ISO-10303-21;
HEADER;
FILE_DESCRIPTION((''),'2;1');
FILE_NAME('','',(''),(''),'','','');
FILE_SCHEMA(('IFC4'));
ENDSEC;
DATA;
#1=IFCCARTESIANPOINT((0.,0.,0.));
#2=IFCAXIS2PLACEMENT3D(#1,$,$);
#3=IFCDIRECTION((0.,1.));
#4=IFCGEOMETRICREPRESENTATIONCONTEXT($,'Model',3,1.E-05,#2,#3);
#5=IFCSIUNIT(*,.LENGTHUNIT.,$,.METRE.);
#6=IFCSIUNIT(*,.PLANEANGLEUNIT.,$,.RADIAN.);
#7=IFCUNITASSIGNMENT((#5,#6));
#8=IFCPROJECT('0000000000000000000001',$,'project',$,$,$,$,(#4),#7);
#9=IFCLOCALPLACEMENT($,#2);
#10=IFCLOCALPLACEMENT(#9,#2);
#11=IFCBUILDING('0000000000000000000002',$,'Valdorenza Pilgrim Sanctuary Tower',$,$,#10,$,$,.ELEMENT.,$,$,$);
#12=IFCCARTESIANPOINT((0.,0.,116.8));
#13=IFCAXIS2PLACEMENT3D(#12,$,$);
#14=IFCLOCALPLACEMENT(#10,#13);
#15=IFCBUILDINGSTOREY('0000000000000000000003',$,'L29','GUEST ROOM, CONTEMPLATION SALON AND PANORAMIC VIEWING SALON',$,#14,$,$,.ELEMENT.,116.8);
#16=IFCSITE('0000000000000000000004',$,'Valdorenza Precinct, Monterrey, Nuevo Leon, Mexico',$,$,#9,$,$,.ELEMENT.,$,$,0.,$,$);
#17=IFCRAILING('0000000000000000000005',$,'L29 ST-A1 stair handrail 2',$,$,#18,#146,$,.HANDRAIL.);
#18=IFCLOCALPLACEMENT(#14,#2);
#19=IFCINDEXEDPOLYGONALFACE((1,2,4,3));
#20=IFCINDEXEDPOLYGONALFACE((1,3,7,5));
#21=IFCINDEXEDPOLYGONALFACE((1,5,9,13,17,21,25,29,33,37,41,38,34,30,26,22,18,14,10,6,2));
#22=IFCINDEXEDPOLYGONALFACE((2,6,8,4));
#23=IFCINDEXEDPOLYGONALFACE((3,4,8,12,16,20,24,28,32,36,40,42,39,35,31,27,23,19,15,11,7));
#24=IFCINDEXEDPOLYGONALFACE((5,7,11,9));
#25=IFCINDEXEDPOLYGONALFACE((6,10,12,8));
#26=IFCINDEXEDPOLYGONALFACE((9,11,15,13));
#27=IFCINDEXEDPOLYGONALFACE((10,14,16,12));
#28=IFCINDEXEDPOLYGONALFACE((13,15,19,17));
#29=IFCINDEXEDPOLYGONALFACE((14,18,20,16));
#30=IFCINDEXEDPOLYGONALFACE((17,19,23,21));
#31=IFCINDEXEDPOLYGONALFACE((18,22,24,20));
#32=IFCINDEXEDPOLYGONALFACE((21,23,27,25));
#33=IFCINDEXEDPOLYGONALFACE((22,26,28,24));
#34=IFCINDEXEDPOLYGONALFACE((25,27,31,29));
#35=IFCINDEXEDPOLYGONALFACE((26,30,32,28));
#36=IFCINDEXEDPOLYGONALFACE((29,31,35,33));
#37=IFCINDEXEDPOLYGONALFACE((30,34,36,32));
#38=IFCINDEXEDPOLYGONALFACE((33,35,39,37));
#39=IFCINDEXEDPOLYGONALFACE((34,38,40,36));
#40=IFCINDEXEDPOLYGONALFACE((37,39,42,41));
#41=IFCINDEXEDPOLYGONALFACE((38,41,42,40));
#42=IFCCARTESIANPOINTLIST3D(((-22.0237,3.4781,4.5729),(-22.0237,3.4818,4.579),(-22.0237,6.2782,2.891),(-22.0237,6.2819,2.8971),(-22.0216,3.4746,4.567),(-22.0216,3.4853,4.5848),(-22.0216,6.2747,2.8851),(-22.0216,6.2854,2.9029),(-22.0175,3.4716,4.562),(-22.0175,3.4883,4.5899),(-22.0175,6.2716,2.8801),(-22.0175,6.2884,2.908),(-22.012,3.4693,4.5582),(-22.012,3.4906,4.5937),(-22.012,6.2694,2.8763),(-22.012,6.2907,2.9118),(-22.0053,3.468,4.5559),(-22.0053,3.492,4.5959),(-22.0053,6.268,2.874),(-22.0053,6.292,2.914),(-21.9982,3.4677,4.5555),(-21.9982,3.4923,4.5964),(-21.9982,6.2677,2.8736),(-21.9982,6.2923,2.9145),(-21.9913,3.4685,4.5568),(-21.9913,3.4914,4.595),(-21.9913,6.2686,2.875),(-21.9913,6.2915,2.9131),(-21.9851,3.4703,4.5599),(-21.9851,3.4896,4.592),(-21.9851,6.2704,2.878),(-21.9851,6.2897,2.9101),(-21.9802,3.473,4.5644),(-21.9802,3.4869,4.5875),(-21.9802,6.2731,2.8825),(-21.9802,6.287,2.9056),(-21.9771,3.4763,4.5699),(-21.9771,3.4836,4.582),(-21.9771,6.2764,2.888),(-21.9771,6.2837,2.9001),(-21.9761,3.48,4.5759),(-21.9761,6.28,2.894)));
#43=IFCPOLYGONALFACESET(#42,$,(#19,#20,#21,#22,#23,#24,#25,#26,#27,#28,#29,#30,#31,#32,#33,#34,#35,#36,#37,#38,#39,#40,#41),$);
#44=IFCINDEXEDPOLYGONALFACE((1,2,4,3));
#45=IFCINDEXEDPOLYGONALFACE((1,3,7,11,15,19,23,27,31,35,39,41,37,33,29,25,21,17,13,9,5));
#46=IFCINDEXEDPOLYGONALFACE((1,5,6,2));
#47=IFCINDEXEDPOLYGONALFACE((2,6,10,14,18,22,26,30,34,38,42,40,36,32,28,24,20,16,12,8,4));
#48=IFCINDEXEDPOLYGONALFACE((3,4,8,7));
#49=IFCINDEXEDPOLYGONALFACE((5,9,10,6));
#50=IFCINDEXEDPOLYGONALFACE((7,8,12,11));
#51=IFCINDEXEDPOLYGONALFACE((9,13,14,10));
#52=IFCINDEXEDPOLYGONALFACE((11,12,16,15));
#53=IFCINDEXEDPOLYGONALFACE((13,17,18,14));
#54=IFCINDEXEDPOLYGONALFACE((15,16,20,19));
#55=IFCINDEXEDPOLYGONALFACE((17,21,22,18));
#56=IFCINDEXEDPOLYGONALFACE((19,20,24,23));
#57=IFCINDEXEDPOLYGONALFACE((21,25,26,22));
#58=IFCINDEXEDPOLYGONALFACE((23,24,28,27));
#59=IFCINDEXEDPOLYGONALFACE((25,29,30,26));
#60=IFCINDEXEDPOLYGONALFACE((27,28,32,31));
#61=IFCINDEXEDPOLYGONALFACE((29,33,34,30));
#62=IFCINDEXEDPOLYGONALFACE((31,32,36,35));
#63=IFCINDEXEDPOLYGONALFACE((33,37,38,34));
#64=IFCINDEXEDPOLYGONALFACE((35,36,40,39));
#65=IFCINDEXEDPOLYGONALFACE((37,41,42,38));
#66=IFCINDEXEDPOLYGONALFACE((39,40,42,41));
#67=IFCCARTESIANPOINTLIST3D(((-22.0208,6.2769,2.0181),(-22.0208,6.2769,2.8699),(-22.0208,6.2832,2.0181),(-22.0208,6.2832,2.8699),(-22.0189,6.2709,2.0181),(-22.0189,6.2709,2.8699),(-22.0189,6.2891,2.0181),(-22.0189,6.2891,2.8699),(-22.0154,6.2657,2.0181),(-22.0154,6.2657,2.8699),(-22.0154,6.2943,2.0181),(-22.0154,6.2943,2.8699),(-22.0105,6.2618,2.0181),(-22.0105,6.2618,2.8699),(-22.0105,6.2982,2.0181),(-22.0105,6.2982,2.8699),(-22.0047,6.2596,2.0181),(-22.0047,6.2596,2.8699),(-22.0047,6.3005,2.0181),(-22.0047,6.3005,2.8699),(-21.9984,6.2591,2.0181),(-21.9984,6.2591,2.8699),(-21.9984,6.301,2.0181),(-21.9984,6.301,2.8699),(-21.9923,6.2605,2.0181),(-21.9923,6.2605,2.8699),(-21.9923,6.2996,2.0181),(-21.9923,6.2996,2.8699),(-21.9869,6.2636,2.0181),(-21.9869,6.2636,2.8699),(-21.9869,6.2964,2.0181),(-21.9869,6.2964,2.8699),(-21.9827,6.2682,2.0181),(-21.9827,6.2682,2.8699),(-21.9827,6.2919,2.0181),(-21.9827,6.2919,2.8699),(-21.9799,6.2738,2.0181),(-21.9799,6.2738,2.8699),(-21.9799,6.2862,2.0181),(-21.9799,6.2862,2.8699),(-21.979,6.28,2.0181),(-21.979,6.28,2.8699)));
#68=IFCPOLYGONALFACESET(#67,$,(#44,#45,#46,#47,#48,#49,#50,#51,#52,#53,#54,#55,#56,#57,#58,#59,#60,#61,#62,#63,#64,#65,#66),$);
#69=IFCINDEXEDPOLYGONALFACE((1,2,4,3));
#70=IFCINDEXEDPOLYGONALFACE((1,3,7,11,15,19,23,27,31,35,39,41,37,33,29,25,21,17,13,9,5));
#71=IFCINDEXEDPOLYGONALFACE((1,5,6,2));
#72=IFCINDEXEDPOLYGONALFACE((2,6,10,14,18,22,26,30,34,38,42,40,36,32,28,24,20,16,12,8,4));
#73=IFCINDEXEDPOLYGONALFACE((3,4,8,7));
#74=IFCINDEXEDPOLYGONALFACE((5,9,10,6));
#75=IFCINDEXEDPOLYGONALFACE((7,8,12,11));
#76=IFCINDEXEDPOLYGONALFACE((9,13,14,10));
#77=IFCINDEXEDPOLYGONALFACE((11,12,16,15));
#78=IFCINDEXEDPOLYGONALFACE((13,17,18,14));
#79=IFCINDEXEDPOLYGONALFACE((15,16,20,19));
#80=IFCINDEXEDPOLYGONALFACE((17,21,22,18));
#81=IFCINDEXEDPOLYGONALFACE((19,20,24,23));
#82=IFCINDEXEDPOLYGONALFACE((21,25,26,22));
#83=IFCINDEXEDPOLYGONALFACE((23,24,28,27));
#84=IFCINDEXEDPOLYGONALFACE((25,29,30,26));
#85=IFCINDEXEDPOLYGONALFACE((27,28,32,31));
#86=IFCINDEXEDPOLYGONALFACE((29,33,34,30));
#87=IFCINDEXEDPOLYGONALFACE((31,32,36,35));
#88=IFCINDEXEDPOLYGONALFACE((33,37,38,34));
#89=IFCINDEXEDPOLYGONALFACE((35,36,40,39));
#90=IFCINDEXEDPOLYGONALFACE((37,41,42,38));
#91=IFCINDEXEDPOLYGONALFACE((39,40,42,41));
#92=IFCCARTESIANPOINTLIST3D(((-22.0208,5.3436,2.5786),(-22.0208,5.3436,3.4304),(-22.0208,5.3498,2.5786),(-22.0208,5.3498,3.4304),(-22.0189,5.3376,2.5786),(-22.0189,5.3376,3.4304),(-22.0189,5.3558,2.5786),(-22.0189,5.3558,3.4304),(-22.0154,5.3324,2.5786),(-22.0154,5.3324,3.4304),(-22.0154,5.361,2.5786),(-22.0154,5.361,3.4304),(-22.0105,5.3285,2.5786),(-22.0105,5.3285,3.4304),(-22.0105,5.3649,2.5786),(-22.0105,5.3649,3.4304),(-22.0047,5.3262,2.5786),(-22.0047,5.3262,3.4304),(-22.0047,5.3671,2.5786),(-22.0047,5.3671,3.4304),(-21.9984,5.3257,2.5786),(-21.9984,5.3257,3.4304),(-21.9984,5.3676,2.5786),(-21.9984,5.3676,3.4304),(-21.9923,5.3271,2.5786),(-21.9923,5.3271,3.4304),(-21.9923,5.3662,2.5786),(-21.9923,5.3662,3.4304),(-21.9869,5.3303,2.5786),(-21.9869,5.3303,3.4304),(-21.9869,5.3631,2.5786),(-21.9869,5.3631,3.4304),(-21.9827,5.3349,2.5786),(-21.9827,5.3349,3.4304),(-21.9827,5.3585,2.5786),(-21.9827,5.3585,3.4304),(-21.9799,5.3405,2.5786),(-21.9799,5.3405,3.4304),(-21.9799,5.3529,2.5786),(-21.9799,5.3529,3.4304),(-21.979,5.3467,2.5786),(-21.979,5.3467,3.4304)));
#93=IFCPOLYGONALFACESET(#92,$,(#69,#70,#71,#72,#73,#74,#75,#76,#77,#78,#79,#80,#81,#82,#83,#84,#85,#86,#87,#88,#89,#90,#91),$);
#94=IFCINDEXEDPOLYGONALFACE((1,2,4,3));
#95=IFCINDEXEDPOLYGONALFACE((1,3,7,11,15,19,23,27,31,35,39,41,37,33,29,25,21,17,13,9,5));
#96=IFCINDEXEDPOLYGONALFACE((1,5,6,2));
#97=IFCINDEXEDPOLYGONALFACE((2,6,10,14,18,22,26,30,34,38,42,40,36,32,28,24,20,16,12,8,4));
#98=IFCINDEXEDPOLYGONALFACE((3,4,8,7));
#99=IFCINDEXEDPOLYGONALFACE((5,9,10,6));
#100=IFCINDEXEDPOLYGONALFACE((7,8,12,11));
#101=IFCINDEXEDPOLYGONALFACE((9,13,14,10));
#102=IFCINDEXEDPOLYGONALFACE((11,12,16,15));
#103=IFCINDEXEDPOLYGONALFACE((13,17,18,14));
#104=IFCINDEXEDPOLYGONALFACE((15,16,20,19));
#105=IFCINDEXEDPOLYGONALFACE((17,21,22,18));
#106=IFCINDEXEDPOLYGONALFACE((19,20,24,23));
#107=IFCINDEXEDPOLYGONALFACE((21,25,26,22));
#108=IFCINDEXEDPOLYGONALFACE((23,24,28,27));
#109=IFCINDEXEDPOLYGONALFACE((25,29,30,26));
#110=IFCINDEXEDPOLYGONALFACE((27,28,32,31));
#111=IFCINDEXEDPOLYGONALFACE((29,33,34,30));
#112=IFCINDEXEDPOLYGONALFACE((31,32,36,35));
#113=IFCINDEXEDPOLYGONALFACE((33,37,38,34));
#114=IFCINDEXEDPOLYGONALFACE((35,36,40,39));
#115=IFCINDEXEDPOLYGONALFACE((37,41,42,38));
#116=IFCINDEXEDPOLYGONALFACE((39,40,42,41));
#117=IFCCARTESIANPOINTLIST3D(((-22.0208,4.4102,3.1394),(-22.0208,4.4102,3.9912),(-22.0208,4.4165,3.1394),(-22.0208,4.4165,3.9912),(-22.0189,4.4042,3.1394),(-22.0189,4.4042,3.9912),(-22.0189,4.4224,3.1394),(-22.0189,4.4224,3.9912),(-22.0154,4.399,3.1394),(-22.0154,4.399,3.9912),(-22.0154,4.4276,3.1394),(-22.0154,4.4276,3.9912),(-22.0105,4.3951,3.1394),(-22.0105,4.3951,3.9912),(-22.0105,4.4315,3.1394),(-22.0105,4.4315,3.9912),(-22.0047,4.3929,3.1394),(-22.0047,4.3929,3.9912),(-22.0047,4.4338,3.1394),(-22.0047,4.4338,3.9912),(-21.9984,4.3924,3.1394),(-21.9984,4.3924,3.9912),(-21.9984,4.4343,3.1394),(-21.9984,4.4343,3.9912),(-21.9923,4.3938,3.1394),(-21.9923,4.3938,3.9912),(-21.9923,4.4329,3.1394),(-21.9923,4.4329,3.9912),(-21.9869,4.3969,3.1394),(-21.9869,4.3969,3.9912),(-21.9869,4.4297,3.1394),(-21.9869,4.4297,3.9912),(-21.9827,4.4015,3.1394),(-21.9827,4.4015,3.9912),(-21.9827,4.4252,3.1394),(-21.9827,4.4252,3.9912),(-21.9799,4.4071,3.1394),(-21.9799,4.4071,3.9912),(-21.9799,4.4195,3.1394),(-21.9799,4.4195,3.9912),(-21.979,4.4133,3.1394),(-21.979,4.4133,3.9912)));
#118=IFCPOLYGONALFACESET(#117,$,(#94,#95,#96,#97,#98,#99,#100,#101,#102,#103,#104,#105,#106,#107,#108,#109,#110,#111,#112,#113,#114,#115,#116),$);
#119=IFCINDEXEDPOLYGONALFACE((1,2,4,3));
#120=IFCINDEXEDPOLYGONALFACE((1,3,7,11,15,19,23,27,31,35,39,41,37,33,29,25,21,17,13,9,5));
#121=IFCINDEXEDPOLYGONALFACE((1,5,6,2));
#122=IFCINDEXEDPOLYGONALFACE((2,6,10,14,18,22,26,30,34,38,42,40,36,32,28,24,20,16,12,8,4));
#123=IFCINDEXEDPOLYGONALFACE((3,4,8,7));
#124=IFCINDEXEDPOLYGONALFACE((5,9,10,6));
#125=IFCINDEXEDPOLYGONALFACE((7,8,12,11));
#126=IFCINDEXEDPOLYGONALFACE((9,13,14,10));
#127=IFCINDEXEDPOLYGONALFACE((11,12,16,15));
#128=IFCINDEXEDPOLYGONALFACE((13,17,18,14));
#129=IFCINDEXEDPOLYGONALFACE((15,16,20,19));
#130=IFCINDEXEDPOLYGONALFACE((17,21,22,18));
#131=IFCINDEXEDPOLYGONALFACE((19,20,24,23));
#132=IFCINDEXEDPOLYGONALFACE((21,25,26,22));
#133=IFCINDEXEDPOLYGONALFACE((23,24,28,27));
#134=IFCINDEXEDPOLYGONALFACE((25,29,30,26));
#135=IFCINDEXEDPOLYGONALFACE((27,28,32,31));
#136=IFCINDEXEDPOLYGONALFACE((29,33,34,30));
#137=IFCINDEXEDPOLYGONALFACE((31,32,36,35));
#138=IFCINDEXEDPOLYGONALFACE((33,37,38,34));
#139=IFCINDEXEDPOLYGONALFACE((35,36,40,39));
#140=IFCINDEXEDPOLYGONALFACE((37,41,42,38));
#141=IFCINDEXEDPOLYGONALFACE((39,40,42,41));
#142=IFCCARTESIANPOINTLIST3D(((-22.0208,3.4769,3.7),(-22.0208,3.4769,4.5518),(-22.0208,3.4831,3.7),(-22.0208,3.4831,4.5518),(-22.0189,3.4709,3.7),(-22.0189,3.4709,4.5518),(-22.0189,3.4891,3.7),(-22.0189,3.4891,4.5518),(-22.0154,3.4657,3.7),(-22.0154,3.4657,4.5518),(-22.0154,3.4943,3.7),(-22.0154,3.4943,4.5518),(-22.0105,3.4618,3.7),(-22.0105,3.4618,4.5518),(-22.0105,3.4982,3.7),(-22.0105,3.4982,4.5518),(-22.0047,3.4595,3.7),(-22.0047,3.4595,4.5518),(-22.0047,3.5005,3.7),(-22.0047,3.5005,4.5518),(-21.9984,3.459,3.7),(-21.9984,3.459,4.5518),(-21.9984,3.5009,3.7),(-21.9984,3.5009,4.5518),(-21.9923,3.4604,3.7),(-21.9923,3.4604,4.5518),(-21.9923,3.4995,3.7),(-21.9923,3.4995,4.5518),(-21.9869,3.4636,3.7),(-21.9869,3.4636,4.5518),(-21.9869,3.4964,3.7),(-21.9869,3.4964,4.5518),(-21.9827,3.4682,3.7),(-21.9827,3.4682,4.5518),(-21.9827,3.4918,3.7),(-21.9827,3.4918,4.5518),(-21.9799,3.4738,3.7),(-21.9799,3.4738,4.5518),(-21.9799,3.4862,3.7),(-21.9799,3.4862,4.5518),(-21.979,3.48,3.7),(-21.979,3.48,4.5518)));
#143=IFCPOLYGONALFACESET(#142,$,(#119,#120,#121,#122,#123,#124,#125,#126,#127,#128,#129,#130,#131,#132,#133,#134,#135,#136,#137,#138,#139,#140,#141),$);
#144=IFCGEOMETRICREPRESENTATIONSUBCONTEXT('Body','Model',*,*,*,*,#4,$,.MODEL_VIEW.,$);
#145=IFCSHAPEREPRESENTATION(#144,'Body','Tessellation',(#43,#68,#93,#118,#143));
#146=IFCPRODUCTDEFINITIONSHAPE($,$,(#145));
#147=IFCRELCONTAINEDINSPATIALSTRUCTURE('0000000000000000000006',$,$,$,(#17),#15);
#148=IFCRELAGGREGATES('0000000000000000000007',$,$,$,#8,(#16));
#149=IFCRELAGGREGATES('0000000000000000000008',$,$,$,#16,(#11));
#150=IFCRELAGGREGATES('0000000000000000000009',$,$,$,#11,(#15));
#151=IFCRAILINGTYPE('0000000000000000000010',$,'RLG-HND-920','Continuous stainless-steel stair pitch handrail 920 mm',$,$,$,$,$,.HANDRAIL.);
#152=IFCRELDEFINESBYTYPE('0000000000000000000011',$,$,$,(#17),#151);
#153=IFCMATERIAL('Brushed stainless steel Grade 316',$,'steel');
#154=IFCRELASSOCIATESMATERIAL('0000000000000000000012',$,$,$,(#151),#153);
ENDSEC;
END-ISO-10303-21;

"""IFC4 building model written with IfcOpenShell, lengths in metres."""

from ifc_helpers import new_model, si_unit, direction, frame, origin, origin_2d, place, context, subcontext, project, spatial, circle, extrude, material, type_object, element, save


model = new_model("IFC4")

# Units and contexts
model_context = context("Model", 3, precision=1e-05, world=origin(), true_north=direction((0.0, 1.0)))
body_context = subcontext(model_context, "Body", "Model", "MODEL_VIEW")
ifc_project = project(units=[si_unit("LENGTHUNIT", "METRE"), si_unit("PLANEANGLEUNIT", "RADIAN")], contexts=[model_context])

# Site, building, storey
site_placement = place(None, origin())
site = spatial("IfcSite", under=ifc_project, at=site_placement, Name="Valdorenza Precinct, Monterrey, Nuevo Leon, Mexico", CompositionType="ELEMENT", RefElevation=0.0)
building_placement = place(site_placement, origin())
building = spatial("IfcBuilding", under=site, at=building_placement, Name="Valdorenza Pilgrim Sanctuary Tower", CompositionType="ELEMENT")
storey_placement = place(building_placement, frame((0.0, 0.0, 116.8)))
storey = spatial("IfcBuildingStorey", under=building, at=storey_placement, Name="L29", Description="GUEST ROOM, CONTEMPLATION SALON AND PANORAMIC VIEWING SALON", CompositionType="ELEMENT", Elevation=116.8)

# Shared definitions
ifc_material_1 = material(Name="Brushed stainless steel Grade 316", Category="steel")

# Railing
railing_type_1 = type_object("IfcRailingType", Name="RLG-HND-920", Description="Continuous stainless-steel stair pitch handrail 920 mm", PredefinedType="HANDRAIL", material=ifc_material_1)
railing_1_placement = place(storey_placement, frame((-22.0, 6.28, 2.0181)))
element("IfcRailing", 1, at=railing_1_placement, inside=storey, type_object=railing_type_1, Name="L29 ST-A1 stair handrail 2", PredefinedType="HANDRAIL", context=body_context, shape_type="SweptSolid", body=[
    extrude(circle(Radius=0.0239, at=origin_2d()), frame((0.0, 0.0, 0.876), z_axis=(0.0, -0.857242, 0.514913), x_axis=(1.0, 0.0, 0.0)), (0.0, 0.0, 1.0), 3.2664),
    extrude(circle(Radius=0.021, at=origin_2d()), origin(), (0.0, 0.0, 1.0), 0.8518),
    extrude(circle(Radius=0.021, at=origin_2d()), frame((0.0, -0.9333, 0.5605)), (0.0, 0.0, 1.0), 0.8518),
    extrude(circle(Radius=0.021, at=origin_2d()), frame((0.0, -1.8667, 1.1213)), (0.0, 0.0, 1.0), 0.8518),
    extrude(circle(Radius=0.021, at=origin_2d()), frame((0.0, -2.8, 1.6819)), (0.0, 0.0, 1.0), 0.8518),
])

save(model, "model.ifc")
